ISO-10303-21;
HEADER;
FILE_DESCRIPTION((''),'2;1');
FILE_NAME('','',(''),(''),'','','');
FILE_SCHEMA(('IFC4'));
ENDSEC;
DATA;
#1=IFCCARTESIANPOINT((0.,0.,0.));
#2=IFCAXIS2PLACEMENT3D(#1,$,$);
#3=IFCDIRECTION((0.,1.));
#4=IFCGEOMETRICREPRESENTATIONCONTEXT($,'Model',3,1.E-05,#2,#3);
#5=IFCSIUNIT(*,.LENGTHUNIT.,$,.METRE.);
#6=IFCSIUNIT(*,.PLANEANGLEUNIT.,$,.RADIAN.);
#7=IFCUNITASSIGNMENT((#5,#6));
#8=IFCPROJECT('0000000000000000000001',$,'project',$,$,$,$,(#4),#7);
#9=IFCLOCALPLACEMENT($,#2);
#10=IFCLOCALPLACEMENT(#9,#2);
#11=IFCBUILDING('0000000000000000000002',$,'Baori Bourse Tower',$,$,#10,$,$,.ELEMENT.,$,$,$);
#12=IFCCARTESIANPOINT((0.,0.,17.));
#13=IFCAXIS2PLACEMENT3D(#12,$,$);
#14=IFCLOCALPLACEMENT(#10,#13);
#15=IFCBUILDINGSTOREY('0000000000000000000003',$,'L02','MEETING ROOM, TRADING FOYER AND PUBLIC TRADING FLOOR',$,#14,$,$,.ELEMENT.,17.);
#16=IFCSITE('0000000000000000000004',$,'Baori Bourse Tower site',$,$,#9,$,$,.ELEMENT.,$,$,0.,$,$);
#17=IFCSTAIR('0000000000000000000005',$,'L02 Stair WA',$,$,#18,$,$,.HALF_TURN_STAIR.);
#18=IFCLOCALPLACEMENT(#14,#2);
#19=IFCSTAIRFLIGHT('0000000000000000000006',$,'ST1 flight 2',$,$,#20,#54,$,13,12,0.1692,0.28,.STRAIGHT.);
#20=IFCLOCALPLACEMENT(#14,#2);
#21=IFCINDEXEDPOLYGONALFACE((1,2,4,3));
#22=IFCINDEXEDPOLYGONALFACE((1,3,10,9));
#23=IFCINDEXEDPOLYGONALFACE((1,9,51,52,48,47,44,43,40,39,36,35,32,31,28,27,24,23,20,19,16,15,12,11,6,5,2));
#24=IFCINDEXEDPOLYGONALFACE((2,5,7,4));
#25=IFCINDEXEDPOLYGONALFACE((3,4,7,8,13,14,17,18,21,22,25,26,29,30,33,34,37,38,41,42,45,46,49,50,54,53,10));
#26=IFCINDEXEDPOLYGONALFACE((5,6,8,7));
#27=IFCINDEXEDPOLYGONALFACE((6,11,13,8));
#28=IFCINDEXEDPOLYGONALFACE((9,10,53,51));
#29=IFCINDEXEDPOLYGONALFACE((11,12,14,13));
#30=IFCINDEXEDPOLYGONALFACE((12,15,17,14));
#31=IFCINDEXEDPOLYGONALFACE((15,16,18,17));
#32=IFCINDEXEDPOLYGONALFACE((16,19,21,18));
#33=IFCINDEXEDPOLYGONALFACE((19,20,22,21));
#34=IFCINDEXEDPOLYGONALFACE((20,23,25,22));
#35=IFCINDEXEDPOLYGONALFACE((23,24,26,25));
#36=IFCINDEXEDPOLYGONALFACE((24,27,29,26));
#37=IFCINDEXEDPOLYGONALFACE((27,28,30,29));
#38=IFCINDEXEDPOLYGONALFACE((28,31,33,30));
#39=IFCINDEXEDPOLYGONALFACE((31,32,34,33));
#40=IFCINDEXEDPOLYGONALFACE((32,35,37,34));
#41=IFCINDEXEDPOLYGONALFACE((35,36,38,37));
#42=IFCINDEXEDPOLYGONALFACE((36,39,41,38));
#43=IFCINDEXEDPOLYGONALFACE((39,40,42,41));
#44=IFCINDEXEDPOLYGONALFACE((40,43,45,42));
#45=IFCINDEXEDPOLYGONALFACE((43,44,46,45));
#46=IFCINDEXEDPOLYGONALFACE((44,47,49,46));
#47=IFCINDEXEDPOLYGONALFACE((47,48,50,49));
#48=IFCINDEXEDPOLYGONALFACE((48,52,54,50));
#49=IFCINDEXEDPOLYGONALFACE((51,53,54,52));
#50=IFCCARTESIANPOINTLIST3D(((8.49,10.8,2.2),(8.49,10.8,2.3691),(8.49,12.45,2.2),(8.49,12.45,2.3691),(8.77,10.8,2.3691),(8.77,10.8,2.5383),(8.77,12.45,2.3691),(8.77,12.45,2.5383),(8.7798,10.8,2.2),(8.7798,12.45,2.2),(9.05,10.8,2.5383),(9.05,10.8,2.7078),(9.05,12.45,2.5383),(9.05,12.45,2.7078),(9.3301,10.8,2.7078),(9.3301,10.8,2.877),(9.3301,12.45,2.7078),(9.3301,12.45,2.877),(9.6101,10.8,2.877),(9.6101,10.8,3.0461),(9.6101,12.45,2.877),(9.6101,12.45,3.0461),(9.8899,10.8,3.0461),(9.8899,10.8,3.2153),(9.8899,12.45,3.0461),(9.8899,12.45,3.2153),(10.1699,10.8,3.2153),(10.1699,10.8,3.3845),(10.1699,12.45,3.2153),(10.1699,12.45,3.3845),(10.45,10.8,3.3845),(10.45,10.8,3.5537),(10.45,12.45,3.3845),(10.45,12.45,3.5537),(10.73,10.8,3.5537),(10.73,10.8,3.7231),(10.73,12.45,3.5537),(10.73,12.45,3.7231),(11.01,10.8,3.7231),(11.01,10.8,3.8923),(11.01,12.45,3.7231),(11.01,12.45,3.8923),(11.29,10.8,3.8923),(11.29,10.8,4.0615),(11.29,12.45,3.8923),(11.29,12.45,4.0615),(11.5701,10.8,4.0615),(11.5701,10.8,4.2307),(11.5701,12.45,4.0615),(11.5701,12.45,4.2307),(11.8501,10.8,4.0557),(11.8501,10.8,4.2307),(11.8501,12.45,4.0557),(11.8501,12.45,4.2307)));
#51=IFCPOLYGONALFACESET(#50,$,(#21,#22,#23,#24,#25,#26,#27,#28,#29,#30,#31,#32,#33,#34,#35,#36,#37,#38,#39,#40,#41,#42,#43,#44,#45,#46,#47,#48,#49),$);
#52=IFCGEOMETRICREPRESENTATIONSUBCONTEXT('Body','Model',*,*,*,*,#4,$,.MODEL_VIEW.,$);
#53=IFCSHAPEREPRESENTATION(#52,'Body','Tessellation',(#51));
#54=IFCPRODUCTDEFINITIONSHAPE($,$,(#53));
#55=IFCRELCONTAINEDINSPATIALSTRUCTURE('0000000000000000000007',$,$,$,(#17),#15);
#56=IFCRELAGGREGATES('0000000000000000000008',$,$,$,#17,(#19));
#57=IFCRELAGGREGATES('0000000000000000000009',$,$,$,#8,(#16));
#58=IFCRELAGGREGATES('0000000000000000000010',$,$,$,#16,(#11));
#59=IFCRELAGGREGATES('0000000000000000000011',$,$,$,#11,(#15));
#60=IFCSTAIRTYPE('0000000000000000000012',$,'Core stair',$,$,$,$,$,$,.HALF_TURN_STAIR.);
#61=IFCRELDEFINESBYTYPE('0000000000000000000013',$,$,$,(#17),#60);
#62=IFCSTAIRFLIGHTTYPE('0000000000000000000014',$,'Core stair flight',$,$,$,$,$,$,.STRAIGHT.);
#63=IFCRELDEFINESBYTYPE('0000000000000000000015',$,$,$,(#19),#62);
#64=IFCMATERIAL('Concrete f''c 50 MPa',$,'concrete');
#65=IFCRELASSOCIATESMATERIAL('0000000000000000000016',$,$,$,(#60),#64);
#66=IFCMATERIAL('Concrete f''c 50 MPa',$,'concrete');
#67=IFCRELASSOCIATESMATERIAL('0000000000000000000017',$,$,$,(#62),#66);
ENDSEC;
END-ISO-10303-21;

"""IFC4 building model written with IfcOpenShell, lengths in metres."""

from ifc_helpers import new_model, si_unit, direction, frame, origin, place, context, subcontext, project, spatial, polyline, outline, extrude, material, type_object, element, aggregate, save


model = new_model("IFC4")

# Units and contexts
model_context = context("Model", 3, precision=1e-05, world=origin(), true_north=direction((0.0, 1.0)))
body_context = subcontext(model_context, "Body", "Model", "MODEL_VIEW")
ifc_project = project(units=[si_unit("LENGTHUNIT", "METRE"), si_unit("PLANEANGLEUNIT", "RADIAN")], contexts=[model_context])

# Site, building, storey
site_placement = place(None, origin())
site = spatial("IfcSite", under=ifc_project, at=site_placement, Name="Baori Bourse Tower site", CompositionType="ELEMENT", RefElevation=0.0)
building_placement = place(site_placement, origin())
building = spatial("IfcBuilding", under=site, at=building_placement, Name="Baori Bourse Tower", CompositionType="ELEMENT")
storey_placement = place(building_placement, frame((0.0, 0.0, 17.0)))
storey = spatial("IfcBuildingStorey", under=building, at=storey_placement, Name="L02", Description="MEETING ROOM, TRADING FOYER AND PUBLIC TRADING FLOOR", CompositionType="ELEMENT", Elevation=17.0)

# Stair, stair flight
ifc_material_1 = material(Name="Concrete f'c 50 MPa", Category="concrete")
stair_type = type_object("IfcStairType", Name="Core stair", PredefinedType="HALF_TURN_STAIR", material=ifc_material_1)
stair_placement = place(storey_placement, origin())
stair = element("IfcStair", 1, at=stair_placement, inside=storey, type_object=stair_type, Name="L02 Stair WA", PredefinedType="HALF_TURN_STAIR")
ifc_material_2 = material(Name="Concrete f'c 50 MPa", Category="concrete")
stair_flight_type = type_object("IfcStairFlightType", Name="Core stair flight", PredefinedType="STRAIGHT", material=ifc_material_2)
stair_flight_placement = place(storey_placement, frame((8.49, 11.625, 2.2), z_axis=(0.0, 0.0, 1.0), x_axis=(1.0, 0.0, 0.0)))
stair_flight = element("IfcStairFlight", 2, at=stair_flight_placement, type_object=stair_flight_type, Name="ST1 flight 2", NumberOfRisers=13, NumberOfTreads=12, PredefinedType="STRAIGHT", RiserHeight=0.1692, TreadLength=0.28, context=body_context, shape_type="SweptSolid", body=[
    extrude(outline(polyline([(0.0, 0.0), (0.0, 0.1692), (0.28, 0.1692), (0.28, 0.3384), (0.5601, 0.3384), (0.5601, 0.5078), (0.8401, 0.5078), (0.8401, 0.677), (1.1201, 0.677), (1.1201, 0.8462), (1.3999, 0.8462), (1.3999, 1.0154), (1.6799, 1.0154), (1.6799, 1.1846), (1.96, 1.1846), (1.96, 1.3538), (2.24, 1.3538), (2.24, 1.5232), (2.52, 1.5232), (2.52, 1.6924), (2.8, 1.6924), (2.8, 1.8616), (3.0801, 1.8616), (3.0801, 2.0308), (3.3601, 2.0308), (3.3601, 2.2), (3.3601, 1.8557), (0.2898, 0.0), (0.0, 0.0)])), frame((0.0, 0.825, 0.0), z_axis=(0.0, -1.0, 0.0), x_axis=(1.0, 0.0, 0.0)), (0.0, 0.0, 1.0), 1.6499),
])
aggregate(stair, [stair_flight])

save(model, "model.ifc")
